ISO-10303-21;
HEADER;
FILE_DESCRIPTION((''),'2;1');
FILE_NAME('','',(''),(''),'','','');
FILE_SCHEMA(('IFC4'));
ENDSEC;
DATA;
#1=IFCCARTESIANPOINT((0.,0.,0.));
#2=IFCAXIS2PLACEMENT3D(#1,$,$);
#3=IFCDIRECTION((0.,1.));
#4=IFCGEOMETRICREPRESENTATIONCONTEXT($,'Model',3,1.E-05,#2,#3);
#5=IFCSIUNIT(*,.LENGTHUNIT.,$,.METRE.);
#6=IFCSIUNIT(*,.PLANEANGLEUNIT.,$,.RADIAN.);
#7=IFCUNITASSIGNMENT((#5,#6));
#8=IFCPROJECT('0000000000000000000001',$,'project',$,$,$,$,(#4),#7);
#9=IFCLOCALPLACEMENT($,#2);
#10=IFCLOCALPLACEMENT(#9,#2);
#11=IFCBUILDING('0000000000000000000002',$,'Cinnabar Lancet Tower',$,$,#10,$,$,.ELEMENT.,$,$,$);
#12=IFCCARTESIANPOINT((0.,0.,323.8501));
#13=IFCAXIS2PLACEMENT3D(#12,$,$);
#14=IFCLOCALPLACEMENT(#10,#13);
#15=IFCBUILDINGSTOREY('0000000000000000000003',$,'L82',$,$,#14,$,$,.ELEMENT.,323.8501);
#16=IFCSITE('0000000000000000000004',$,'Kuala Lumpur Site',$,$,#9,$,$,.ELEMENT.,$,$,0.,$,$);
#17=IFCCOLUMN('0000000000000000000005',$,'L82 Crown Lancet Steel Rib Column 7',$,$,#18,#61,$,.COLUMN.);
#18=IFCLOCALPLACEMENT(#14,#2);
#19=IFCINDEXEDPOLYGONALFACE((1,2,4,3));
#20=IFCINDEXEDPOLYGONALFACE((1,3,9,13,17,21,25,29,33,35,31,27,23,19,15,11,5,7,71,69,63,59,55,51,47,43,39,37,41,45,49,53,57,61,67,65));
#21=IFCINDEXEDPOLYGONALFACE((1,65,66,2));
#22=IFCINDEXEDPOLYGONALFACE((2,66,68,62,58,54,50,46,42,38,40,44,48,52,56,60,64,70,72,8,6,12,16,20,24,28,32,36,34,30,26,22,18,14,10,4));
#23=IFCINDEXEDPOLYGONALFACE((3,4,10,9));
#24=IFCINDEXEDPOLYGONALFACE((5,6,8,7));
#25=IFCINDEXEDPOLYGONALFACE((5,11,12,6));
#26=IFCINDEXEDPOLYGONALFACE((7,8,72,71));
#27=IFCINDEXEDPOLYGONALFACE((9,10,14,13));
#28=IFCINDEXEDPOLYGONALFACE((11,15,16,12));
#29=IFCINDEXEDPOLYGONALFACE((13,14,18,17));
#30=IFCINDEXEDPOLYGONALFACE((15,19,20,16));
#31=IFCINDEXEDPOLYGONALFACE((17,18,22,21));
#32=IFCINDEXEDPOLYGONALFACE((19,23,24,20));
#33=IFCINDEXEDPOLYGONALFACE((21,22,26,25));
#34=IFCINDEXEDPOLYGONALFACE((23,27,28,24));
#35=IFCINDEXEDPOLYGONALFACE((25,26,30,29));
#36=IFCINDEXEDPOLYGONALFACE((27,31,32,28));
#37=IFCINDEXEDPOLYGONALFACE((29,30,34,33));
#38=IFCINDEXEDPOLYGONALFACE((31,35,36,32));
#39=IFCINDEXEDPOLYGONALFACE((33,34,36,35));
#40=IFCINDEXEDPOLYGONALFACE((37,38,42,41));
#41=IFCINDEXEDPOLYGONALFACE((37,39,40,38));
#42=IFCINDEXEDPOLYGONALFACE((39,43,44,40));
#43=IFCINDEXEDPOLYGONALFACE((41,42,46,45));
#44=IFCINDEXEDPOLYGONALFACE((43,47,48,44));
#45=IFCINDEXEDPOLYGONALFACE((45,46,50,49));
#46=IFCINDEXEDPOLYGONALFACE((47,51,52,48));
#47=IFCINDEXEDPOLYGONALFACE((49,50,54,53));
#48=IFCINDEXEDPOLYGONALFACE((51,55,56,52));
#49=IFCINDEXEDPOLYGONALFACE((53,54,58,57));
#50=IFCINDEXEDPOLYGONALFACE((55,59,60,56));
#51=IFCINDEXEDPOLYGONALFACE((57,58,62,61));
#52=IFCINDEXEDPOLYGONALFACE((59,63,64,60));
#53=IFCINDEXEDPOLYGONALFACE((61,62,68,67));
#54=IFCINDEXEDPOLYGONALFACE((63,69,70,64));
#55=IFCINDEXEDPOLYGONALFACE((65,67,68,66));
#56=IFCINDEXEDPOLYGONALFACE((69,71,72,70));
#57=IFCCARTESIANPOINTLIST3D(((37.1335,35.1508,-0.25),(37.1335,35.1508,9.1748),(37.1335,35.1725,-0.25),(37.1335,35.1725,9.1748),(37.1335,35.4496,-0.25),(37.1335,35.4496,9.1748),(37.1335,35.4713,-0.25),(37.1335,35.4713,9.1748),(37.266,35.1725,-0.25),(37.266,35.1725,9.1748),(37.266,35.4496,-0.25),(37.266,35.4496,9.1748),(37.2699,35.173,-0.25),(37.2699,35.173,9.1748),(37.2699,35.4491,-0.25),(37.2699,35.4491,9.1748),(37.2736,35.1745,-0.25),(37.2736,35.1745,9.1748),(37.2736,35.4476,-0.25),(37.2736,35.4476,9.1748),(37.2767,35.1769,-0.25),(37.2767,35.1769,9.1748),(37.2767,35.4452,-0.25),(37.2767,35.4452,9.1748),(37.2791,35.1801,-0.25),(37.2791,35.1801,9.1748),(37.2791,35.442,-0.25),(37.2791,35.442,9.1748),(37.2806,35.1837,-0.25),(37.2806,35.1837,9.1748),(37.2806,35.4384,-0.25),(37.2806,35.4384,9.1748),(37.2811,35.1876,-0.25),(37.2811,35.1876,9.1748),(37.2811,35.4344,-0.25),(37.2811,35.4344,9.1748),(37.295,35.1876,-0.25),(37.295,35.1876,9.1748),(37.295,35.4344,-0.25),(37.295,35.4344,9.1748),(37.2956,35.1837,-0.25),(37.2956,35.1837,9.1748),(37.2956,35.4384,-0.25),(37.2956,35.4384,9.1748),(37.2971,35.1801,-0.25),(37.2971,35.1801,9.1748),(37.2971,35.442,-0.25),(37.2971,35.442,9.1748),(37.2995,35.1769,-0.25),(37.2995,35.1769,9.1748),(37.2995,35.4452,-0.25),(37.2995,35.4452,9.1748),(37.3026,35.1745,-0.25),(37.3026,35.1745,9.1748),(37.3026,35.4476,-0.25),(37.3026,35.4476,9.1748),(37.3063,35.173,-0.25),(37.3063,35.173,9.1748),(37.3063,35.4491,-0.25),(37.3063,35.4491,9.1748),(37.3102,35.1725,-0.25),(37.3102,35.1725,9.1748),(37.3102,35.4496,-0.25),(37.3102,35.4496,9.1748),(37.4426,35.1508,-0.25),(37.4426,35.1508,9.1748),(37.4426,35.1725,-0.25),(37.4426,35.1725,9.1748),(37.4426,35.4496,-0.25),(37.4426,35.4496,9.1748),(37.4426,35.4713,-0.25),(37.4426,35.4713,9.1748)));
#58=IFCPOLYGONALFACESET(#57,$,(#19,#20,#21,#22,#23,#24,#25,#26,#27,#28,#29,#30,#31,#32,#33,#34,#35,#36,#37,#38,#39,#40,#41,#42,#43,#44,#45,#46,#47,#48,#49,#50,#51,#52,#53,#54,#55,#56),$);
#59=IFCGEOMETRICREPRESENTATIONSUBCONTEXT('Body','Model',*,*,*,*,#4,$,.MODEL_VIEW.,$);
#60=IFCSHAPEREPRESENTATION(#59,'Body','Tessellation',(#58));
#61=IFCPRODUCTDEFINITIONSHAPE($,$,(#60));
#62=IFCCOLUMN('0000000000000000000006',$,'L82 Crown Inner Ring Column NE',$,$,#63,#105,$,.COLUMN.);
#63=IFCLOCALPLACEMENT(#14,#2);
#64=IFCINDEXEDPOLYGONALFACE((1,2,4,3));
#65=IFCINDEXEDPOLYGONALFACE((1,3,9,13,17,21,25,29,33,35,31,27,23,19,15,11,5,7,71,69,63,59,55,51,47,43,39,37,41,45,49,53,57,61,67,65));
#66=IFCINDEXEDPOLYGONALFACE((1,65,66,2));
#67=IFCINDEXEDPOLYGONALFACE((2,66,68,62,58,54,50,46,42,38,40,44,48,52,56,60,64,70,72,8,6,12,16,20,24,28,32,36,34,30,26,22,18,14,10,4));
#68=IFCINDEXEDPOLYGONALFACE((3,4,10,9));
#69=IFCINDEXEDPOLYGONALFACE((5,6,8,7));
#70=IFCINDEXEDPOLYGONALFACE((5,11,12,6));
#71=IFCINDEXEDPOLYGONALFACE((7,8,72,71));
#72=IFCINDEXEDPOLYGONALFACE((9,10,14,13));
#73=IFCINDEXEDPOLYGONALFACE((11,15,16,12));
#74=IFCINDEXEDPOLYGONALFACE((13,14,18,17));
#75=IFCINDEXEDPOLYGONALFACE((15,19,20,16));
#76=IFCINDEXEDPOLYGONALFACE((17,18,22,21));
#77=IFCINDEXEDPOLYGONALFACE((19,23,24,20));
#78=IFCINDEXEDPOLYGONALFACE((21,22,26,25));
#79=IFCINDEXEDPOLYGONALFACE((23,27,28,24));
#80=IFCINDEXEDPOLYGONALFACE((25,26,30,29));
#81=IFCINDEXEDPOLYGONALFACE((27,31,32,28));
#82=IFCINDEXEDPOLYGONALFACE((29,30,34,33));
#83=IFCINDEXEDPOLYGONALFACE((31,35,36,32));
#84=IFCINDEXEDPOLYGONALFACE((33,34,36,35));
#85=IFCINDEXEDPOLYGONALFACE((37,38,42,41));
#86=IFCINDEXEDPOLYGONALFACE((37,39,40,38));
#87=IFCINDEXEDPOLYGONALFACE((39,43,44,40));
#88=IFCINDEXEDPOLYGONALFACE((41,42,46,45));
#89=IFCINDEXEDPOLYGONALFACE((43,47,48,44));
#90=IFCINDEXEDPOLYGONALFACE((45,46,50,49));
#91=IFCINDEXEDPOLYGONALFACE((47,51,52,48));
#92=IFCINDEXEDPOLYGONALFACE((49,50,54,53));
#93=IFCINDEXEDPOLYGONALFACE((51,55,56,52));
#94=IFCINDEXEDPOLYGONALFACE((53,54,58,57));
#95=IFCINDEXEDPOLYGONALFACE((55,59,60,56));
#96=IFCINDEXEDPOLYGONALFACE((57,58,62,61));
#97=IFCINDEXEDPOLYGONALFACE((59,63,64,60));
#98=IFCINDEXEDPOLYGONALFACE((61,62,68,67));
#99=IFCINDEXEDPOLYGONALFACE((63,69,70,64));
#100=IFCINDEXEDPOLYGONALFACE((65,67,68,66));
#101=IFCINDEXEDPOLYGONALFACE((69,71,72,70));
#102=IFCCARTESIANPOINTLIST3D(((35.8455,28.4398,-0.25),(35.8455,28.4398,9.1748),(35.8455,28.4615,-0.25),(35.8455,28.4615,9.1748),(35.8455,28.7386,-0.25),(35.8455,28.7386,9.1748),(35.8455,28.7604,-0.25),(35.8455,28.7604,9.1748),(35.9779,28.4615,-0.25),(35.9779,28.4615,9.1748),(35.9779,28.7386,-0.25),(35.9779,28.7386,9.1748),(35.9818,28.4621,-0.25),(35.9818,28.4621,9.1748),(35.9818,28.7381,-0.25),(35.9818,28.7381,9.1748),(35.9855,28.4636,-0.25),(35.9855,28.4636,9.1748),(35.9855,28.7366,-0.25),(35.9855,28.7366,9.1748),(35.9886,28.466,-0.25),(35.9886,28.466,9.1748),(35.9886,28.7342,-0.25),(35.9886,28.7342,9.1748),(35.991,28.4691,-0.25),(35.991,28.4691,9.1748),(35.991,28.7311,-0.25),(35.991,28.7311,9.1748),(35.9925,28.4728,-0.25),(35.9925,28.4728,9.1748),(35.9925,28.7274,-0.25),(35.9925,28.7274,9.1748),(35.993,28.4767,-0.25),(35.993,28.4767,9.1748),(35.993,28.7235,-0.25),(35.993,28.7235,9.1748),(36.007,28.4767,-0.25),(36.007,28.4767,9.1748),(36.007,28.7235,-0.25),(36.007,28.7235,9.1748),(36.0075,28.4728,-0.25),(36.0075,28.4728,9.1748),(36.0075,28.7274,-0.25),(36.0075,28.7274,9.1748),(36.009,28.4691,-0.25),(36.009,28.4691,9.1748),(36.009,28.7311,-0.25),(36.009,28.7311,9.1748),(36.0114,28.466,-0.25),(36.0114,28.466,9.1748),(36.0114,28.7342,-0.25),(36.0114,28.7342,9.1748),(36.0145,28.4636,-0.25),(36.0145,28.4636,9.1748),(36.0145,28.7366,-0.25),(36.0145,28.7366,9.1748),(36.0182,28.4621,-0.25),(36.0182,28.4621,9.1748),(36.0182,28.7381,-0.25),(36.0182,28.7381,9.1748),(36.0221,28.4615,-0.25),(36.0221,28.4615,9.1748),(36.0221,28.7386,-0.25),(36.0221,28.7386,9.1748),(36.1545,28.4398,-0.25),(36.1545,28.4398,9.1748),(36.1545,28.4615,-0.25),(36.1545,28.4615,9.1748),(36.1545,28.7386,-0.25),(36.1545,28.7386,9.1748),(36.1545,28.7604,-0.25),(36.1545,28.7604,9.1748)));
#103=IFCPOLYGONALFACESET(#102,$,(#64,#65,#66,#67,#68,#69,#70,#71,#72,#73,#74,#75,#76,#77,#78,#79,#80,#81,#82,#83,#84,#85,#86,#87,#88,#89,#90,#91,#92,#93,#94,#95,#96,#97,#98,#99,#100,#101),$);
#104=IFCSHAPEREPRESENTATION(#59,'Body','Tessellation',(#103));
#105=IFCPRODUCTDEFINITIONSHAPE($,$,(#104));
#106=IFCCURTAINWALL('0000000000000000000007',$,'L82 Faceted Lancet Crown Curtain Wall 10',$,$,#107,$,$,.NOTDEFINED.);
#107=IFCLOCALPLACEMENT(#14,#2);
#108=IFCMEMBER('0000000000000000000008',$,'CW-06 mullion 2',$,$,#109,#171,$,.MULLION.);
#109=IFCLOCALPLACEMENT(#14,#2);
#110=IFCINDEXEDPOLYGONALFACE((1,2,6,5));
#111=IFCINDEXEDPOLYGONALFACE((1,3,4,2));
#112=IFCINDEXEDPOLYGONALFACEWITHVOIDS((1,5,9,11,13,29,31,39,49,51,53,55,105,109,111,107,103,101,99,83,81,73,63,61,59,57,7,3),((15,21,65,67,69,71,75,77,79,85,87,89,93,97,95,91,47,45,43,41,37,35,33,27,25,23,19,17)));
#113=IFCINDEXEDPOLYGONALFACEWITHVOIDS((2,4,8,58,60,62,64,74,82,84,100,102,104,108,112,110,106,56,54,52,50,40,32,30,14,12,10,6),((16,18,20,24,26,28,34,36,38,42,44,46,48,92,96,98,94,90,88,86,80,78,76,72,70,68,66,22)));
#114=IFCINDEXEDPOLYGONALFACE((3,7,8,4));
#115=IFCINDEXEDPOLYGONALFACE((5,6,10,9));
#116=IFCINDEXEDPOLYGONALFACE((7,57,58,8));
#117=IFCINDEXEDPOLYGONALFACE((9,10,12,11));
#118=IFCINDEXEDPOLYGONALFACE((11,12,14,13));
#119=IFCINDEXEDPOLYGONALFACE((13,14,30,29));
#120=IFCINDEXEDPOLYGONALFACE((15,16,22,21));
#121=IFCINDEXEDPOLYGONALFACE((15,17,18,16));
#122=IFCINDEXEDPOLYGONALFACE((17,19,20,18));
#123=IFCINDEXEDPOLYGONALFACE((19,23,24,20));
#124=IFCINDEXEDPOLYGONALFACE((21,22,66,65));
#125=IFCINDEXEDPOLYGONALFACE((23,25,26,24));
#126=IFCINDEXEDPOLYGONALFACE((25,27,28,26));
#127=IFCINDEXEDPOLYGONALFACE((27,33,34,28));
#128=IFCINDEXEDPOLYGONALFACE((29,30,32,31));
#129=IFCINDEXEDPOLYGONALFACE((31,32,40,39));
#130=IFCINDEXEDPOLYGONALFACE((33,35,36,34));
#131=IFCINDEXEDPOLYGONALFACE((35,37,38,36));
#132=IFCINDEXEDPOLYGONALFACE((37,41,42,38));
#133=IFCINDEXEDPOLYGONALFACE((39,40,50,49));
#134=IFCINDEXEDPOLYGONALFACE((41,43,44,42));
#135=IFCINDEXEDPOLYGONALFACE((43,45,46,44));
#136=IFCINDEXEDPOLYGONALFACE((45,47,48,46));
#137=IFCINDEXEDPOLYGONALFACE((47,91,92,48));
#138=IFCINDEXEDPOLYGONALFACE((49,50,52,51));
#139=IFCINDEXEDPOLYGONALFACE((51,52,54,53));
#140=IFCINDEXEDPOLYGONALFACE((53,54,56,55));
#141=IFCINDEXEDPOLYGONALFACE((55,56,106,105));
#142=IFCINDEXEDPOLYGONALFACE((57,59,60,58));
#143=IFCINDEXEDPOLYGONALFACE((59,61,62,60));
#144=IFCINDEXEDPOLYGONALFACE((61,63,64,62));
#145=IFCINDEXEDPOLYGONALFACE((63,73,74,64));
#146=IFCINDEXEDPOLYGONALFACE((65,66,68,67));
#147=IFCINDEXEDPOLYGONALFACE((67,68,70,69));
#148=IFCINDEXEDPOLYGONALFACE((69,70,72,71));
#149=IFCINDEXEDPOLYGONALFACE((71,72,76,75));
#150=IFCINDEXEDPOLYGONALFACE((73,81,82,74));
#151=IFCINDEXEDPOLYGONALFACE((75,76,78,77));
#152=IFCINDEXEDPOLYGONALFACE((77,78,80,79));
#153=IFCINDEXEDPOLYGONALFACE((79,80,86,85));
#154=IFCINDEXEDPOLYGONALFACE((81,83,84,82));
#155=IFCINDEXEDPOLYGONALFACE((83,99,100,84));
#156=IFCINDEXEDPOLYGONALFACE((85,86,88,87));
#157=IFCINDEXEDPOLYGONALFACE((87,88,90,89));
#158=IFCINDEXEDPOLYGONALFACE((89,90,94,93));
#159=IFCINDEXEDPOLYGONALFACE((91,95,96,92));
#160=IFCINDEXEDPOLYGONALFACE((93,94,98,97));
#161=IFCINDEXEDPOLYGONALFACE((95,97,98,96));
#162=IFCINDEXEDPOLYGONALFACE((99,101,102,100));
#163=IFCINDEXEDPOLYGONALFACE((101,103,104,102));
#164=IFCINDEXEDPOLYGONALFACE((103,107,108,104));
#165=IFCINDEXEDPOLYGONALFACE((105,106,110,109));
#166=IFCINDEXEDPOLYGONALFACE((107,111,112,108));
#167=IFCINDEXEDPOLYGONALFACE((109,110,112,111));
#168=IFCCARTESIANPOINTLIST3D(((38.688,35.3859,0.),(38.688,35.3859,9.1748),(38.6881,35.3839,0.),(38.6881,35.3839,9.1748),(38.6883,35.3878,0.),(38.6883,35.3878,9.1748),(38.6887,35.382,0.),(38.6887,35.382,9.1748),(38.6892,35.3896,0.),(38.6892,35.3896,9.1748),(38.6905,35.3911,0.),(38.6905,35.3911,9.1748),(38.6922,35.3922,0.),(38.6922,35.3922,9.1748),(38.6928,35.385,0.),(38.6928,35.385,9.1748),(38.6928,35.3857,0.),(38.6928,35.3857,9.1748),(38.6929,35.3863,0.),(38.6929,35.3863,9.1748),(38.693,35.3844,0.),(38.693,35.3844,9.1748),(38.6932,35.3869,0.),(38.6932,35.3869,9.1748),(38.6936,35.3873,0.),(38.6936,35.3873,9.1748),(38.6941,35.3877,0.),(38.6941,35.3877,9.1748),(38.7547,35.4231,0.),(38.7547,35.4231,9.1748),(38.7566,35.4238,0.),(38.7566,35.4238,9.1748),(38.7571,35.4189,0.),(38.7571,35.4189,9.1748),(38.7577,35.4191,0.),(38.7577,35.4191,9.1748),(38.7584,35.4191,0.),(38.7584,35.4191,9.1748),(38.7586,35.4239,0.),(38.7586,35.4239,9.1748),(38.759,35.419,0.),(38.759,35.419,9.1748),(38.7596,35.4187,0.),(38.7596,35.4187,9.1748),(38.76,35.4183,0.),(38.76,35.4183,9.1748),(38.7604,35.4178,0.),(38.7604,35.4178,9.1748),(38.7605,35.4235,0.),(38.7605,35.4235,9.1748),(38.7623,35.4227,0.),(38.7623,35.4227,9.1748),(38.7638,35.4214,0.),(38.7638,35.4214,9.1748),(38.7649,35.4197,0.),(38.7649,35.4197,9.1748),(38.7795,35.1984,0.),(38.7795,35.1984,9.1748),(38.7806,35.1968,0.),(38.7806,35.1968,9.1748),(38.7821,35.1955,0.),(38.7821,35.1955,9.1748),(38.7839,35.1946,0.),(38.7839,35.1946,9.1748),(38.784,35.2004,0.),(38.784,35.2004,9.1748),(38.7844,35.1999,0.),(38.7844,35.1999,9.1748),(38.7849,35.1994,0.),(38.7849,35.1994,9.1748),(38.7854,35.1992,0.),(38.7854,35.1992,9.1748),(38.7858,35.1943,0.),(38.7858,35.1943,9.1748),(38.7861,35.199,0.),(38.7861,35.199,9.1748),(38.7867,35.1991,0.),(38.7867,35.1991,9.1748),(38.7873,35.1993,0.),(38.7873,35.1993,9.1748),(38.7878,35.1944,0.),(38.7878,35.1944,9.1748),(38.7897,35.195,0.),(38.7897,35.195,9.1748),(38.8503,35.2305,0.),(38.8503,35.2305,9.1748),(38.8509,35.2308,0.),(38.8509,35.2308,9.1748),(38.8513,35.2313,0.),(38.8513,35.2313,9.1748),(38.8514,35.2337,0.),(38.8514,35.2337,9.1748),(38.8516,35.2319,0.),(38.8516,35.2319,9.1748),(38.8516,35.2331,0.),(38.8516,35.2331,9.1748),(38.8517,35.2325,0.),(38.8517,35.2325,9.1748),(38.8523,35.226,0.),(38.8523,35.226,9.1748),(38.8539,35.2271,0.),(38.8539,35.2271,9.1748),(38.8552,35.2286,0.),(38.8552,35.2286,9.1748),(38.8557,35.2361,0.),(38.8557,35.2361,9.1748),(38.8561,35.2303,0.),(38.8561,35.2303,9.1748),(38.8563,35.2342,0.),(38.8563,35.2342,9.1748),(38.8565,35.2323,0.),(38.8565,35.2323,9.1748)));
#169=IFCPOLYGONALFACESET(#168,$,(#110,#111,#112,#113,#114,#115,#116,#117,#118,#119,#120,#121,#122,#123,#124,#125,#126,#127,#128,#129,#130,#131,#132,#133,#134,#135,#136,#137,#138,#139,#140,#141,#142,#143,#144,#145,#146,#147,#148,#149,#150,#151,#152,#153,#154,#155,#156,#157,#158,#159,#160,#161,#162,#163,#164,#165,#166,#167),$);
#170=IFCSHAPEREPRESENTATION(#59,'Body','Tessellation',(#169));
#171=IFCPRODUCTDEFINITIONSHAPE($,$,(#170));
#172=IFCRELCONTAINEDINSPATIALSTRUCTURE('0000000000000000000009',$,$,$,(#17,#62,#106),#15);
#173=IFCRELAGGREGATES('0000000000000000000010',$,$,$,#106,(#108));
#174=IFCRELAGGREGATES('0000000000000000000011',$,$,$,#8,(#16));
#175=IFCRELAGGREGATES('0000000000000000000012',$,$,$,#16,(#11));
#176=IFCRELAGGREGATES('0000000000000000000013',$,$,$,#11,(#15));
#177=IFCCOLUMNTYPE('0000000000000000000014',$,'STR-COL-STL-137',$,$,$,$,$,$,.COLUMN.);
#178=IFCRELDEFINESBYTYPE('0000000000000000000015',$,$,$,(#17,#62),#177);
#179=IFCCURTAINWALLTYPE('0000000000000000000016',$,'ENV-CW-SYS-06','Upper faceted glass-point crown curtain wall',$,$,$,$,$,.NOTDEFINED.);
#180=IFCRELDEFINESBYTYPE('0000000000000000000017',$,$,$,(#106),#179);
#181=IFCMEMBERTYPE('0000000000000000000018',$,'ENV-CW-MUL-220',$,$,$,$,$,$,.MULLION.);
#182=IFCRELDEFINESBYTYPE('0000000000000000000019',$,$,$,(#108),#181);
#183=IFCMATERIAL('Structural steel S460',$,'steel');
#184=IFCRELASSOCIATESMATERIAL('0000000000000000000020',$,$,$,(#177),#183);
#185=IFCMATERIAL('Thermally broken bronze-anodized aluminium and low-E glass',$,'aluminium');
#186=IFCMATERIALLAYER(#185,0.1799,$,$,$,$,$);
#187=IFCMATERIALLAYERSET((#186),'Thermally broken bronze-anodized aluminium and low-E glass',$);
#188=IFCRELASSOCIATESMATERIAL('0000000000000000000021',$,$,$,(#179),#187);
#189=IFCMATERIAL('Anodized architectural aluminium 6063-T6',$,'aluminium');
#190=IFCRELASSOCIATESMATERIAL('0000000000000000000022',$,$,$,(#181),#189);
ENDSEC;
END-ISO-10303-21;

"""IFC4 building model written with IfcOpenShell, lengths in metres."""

from ifc_helpers import new_model, si_unit, direction, frame, origin, origin_2d, place, context, subcontext, project, spatial, hollow_rectangle, i_section, extrude, material, layer, layer_set, material_profile, profile_set, type_object, element, aggregate, save


model = new_model("IFC4")

# Units and contexts
model_context = context("Model", 3, precision=1e-05, world=origin(), true_north=direction((0.0, 1.0)))
body_context = subcontext(model_context, "Body", "Model", "MODEL_VIEW")
ifc_project = project(units=[si_unit("LENGTHUNIT", "METRE"), si_unit("PLANEANGLEUNIT", "RADIAN")], contexts=[model_context])

# Site, building, storey
site_placement = place(None, origin())
site = spatial("IfcSite", under=ifc_project, at=site_placement, Name="Kuala Lumpur Site", CompositionType="ELEMENT", RefElevation=0.0)
building_placement = place(site_placement, origin())
building = spatial("IfcBuilding", under=site, at=building_placement, Name="Cinnabar Lancet Tower", CompositionType="ELEMENT")
storey_placement = place(building_placement, frame((0.0, 0.0, 323.8501)))
storey = spatial("IfcBuildingStorey", under=building, at=storey_placement, Name="L82", CompositionType="ELEMENT", Elevation=323.8501)

# Columns
ifc_material_1 = material(Name="Structural steel S460", Category="steel")
ifc_material_profile_1 = material_profile(ifc_material_1, i_section(OverallWidth=0.3091, OverallDepth=0.3206, WebThickness=0.0139, FlangeThickness=0.0217, FilletRadius=0.0151, at=origin_2d()), Name="UKC 305x305x137")
ifc_profile_set_1 = profile_set([ifc_material_profile_1], Name="Structural steel S460")
column_type = type_object("IfcColumnType", Name="STR-COL-STL-137", PredefinedType="COLUMN", material=ifc_profile_set_1)
for number, where, z_axis, x_axis, name in (
    (1, (37.2881, 35.311, -0.25), (0.0, 0.0, 1.0), (1.0, 0.0, 0.0), "L82 Crown Lancet Steel Rib Column 7"),
    (2, (36.0, 28.6001, -0.25), (0.0, 0.0, 1.0), (1.0, 0.0, 0.0), "L82 Crown Inner Ring Column NE"),
):
    element("IfcColumn", number, at=place(storey_placement, frame(where, z_axis=z_axis, x_axis=x_axis)), inside=storey, type_object=column_type, Name=name, PredefinedType="COLUMN", context=body_context, shape_type="SweptSolid", body=[
        extrude(i_section(OverallWidth=0.3091, OverallDepth=0.3206, WebThickness=0.0139, FlangeThickness=0.0217, FilletRadius=0.0151, at=origin_2d()), origin(), (0.0, 0.0, 1.0), 9.4248),
    ])

# Curtain wall, member
ifc_material_2 = material(Name="Thermally broken bronze-anodized aluminium and low-E glass", Category="aluminium")
ifc_layer_1 = layer(ifc_material_2, 0.1799)
ifc_layer_set_1 = layer_set([ifc_layer_1], Name="Thermally broken bronze-anodized aluminium and low-E glass")
curtain_wall_type = type_object("IfcCurtainWallType", Name="ENV-CW-SYS-06", Description="Upper faceted glass-point crown curtain wall", PredefinedType="NOTDEFINED", material=ifc_layer_set_1)
curtain_wall_1_placement = place(storey_placement, origin())
curtain_wall_1 = element("IfcCurtainWall", 3, at=curtain_wall_1_placement, inside=storey, type_object=curtain_wall_type, Name="L82 Faceted Lancet Crown Curtain Wall 10", PredefinedType="NOTDEFINED")
ifc_material_3 = material(Name="Anodized architectural aluminium 6063-T6", Category="aluminium")
ifc_material_profile_2 = material_profile(ifc_material_3, hollow_rectangle(XDim=0.085, YDim=0.22, WallThickness=0.0049, InnerFilletRadius=0.0024, OuterFilletRadius=0.0076, at=origin_2d()), Name="CW-MUL 220x85x5")
ifc_profile_set_2 = profile_set([ifc_material_profile_2], Name="Anodized architectural aluminium 6063-T6")
member_type_1 = type_object("IfcMemberType", Name="ENV-CW-MUL-220", PredefinedType="MULLION", material=ifc_profile_set_2)
member_1_placement = place(storey_placement, frame((38.7722, 35.3091, 0.0), z_axis=(0.0, 0.0, 1.0), x_axis=(-0.896337, -0.443373, 0.0)))
member_1 = element("IfcMember", 4, at=member_1_placement, type_object=member_type_1, Name="CW-06 mullion 2", PredefinedType="MULLION", context=body_context, shape_type="SweptSolid", body=[
    extrude(hollow_rectangle(XDim=0.085, YDim=0.22, WallThickness=0.0049, InnerFilletRadius=0.0024, OuterFilletRadius=0.0076, at=origin_2d()), origin(), (0.0, 0.0, 1.0), 9.1748),
])
aggregate(curtain_wall_1, [member_1])

save(model, "model.ifc")
